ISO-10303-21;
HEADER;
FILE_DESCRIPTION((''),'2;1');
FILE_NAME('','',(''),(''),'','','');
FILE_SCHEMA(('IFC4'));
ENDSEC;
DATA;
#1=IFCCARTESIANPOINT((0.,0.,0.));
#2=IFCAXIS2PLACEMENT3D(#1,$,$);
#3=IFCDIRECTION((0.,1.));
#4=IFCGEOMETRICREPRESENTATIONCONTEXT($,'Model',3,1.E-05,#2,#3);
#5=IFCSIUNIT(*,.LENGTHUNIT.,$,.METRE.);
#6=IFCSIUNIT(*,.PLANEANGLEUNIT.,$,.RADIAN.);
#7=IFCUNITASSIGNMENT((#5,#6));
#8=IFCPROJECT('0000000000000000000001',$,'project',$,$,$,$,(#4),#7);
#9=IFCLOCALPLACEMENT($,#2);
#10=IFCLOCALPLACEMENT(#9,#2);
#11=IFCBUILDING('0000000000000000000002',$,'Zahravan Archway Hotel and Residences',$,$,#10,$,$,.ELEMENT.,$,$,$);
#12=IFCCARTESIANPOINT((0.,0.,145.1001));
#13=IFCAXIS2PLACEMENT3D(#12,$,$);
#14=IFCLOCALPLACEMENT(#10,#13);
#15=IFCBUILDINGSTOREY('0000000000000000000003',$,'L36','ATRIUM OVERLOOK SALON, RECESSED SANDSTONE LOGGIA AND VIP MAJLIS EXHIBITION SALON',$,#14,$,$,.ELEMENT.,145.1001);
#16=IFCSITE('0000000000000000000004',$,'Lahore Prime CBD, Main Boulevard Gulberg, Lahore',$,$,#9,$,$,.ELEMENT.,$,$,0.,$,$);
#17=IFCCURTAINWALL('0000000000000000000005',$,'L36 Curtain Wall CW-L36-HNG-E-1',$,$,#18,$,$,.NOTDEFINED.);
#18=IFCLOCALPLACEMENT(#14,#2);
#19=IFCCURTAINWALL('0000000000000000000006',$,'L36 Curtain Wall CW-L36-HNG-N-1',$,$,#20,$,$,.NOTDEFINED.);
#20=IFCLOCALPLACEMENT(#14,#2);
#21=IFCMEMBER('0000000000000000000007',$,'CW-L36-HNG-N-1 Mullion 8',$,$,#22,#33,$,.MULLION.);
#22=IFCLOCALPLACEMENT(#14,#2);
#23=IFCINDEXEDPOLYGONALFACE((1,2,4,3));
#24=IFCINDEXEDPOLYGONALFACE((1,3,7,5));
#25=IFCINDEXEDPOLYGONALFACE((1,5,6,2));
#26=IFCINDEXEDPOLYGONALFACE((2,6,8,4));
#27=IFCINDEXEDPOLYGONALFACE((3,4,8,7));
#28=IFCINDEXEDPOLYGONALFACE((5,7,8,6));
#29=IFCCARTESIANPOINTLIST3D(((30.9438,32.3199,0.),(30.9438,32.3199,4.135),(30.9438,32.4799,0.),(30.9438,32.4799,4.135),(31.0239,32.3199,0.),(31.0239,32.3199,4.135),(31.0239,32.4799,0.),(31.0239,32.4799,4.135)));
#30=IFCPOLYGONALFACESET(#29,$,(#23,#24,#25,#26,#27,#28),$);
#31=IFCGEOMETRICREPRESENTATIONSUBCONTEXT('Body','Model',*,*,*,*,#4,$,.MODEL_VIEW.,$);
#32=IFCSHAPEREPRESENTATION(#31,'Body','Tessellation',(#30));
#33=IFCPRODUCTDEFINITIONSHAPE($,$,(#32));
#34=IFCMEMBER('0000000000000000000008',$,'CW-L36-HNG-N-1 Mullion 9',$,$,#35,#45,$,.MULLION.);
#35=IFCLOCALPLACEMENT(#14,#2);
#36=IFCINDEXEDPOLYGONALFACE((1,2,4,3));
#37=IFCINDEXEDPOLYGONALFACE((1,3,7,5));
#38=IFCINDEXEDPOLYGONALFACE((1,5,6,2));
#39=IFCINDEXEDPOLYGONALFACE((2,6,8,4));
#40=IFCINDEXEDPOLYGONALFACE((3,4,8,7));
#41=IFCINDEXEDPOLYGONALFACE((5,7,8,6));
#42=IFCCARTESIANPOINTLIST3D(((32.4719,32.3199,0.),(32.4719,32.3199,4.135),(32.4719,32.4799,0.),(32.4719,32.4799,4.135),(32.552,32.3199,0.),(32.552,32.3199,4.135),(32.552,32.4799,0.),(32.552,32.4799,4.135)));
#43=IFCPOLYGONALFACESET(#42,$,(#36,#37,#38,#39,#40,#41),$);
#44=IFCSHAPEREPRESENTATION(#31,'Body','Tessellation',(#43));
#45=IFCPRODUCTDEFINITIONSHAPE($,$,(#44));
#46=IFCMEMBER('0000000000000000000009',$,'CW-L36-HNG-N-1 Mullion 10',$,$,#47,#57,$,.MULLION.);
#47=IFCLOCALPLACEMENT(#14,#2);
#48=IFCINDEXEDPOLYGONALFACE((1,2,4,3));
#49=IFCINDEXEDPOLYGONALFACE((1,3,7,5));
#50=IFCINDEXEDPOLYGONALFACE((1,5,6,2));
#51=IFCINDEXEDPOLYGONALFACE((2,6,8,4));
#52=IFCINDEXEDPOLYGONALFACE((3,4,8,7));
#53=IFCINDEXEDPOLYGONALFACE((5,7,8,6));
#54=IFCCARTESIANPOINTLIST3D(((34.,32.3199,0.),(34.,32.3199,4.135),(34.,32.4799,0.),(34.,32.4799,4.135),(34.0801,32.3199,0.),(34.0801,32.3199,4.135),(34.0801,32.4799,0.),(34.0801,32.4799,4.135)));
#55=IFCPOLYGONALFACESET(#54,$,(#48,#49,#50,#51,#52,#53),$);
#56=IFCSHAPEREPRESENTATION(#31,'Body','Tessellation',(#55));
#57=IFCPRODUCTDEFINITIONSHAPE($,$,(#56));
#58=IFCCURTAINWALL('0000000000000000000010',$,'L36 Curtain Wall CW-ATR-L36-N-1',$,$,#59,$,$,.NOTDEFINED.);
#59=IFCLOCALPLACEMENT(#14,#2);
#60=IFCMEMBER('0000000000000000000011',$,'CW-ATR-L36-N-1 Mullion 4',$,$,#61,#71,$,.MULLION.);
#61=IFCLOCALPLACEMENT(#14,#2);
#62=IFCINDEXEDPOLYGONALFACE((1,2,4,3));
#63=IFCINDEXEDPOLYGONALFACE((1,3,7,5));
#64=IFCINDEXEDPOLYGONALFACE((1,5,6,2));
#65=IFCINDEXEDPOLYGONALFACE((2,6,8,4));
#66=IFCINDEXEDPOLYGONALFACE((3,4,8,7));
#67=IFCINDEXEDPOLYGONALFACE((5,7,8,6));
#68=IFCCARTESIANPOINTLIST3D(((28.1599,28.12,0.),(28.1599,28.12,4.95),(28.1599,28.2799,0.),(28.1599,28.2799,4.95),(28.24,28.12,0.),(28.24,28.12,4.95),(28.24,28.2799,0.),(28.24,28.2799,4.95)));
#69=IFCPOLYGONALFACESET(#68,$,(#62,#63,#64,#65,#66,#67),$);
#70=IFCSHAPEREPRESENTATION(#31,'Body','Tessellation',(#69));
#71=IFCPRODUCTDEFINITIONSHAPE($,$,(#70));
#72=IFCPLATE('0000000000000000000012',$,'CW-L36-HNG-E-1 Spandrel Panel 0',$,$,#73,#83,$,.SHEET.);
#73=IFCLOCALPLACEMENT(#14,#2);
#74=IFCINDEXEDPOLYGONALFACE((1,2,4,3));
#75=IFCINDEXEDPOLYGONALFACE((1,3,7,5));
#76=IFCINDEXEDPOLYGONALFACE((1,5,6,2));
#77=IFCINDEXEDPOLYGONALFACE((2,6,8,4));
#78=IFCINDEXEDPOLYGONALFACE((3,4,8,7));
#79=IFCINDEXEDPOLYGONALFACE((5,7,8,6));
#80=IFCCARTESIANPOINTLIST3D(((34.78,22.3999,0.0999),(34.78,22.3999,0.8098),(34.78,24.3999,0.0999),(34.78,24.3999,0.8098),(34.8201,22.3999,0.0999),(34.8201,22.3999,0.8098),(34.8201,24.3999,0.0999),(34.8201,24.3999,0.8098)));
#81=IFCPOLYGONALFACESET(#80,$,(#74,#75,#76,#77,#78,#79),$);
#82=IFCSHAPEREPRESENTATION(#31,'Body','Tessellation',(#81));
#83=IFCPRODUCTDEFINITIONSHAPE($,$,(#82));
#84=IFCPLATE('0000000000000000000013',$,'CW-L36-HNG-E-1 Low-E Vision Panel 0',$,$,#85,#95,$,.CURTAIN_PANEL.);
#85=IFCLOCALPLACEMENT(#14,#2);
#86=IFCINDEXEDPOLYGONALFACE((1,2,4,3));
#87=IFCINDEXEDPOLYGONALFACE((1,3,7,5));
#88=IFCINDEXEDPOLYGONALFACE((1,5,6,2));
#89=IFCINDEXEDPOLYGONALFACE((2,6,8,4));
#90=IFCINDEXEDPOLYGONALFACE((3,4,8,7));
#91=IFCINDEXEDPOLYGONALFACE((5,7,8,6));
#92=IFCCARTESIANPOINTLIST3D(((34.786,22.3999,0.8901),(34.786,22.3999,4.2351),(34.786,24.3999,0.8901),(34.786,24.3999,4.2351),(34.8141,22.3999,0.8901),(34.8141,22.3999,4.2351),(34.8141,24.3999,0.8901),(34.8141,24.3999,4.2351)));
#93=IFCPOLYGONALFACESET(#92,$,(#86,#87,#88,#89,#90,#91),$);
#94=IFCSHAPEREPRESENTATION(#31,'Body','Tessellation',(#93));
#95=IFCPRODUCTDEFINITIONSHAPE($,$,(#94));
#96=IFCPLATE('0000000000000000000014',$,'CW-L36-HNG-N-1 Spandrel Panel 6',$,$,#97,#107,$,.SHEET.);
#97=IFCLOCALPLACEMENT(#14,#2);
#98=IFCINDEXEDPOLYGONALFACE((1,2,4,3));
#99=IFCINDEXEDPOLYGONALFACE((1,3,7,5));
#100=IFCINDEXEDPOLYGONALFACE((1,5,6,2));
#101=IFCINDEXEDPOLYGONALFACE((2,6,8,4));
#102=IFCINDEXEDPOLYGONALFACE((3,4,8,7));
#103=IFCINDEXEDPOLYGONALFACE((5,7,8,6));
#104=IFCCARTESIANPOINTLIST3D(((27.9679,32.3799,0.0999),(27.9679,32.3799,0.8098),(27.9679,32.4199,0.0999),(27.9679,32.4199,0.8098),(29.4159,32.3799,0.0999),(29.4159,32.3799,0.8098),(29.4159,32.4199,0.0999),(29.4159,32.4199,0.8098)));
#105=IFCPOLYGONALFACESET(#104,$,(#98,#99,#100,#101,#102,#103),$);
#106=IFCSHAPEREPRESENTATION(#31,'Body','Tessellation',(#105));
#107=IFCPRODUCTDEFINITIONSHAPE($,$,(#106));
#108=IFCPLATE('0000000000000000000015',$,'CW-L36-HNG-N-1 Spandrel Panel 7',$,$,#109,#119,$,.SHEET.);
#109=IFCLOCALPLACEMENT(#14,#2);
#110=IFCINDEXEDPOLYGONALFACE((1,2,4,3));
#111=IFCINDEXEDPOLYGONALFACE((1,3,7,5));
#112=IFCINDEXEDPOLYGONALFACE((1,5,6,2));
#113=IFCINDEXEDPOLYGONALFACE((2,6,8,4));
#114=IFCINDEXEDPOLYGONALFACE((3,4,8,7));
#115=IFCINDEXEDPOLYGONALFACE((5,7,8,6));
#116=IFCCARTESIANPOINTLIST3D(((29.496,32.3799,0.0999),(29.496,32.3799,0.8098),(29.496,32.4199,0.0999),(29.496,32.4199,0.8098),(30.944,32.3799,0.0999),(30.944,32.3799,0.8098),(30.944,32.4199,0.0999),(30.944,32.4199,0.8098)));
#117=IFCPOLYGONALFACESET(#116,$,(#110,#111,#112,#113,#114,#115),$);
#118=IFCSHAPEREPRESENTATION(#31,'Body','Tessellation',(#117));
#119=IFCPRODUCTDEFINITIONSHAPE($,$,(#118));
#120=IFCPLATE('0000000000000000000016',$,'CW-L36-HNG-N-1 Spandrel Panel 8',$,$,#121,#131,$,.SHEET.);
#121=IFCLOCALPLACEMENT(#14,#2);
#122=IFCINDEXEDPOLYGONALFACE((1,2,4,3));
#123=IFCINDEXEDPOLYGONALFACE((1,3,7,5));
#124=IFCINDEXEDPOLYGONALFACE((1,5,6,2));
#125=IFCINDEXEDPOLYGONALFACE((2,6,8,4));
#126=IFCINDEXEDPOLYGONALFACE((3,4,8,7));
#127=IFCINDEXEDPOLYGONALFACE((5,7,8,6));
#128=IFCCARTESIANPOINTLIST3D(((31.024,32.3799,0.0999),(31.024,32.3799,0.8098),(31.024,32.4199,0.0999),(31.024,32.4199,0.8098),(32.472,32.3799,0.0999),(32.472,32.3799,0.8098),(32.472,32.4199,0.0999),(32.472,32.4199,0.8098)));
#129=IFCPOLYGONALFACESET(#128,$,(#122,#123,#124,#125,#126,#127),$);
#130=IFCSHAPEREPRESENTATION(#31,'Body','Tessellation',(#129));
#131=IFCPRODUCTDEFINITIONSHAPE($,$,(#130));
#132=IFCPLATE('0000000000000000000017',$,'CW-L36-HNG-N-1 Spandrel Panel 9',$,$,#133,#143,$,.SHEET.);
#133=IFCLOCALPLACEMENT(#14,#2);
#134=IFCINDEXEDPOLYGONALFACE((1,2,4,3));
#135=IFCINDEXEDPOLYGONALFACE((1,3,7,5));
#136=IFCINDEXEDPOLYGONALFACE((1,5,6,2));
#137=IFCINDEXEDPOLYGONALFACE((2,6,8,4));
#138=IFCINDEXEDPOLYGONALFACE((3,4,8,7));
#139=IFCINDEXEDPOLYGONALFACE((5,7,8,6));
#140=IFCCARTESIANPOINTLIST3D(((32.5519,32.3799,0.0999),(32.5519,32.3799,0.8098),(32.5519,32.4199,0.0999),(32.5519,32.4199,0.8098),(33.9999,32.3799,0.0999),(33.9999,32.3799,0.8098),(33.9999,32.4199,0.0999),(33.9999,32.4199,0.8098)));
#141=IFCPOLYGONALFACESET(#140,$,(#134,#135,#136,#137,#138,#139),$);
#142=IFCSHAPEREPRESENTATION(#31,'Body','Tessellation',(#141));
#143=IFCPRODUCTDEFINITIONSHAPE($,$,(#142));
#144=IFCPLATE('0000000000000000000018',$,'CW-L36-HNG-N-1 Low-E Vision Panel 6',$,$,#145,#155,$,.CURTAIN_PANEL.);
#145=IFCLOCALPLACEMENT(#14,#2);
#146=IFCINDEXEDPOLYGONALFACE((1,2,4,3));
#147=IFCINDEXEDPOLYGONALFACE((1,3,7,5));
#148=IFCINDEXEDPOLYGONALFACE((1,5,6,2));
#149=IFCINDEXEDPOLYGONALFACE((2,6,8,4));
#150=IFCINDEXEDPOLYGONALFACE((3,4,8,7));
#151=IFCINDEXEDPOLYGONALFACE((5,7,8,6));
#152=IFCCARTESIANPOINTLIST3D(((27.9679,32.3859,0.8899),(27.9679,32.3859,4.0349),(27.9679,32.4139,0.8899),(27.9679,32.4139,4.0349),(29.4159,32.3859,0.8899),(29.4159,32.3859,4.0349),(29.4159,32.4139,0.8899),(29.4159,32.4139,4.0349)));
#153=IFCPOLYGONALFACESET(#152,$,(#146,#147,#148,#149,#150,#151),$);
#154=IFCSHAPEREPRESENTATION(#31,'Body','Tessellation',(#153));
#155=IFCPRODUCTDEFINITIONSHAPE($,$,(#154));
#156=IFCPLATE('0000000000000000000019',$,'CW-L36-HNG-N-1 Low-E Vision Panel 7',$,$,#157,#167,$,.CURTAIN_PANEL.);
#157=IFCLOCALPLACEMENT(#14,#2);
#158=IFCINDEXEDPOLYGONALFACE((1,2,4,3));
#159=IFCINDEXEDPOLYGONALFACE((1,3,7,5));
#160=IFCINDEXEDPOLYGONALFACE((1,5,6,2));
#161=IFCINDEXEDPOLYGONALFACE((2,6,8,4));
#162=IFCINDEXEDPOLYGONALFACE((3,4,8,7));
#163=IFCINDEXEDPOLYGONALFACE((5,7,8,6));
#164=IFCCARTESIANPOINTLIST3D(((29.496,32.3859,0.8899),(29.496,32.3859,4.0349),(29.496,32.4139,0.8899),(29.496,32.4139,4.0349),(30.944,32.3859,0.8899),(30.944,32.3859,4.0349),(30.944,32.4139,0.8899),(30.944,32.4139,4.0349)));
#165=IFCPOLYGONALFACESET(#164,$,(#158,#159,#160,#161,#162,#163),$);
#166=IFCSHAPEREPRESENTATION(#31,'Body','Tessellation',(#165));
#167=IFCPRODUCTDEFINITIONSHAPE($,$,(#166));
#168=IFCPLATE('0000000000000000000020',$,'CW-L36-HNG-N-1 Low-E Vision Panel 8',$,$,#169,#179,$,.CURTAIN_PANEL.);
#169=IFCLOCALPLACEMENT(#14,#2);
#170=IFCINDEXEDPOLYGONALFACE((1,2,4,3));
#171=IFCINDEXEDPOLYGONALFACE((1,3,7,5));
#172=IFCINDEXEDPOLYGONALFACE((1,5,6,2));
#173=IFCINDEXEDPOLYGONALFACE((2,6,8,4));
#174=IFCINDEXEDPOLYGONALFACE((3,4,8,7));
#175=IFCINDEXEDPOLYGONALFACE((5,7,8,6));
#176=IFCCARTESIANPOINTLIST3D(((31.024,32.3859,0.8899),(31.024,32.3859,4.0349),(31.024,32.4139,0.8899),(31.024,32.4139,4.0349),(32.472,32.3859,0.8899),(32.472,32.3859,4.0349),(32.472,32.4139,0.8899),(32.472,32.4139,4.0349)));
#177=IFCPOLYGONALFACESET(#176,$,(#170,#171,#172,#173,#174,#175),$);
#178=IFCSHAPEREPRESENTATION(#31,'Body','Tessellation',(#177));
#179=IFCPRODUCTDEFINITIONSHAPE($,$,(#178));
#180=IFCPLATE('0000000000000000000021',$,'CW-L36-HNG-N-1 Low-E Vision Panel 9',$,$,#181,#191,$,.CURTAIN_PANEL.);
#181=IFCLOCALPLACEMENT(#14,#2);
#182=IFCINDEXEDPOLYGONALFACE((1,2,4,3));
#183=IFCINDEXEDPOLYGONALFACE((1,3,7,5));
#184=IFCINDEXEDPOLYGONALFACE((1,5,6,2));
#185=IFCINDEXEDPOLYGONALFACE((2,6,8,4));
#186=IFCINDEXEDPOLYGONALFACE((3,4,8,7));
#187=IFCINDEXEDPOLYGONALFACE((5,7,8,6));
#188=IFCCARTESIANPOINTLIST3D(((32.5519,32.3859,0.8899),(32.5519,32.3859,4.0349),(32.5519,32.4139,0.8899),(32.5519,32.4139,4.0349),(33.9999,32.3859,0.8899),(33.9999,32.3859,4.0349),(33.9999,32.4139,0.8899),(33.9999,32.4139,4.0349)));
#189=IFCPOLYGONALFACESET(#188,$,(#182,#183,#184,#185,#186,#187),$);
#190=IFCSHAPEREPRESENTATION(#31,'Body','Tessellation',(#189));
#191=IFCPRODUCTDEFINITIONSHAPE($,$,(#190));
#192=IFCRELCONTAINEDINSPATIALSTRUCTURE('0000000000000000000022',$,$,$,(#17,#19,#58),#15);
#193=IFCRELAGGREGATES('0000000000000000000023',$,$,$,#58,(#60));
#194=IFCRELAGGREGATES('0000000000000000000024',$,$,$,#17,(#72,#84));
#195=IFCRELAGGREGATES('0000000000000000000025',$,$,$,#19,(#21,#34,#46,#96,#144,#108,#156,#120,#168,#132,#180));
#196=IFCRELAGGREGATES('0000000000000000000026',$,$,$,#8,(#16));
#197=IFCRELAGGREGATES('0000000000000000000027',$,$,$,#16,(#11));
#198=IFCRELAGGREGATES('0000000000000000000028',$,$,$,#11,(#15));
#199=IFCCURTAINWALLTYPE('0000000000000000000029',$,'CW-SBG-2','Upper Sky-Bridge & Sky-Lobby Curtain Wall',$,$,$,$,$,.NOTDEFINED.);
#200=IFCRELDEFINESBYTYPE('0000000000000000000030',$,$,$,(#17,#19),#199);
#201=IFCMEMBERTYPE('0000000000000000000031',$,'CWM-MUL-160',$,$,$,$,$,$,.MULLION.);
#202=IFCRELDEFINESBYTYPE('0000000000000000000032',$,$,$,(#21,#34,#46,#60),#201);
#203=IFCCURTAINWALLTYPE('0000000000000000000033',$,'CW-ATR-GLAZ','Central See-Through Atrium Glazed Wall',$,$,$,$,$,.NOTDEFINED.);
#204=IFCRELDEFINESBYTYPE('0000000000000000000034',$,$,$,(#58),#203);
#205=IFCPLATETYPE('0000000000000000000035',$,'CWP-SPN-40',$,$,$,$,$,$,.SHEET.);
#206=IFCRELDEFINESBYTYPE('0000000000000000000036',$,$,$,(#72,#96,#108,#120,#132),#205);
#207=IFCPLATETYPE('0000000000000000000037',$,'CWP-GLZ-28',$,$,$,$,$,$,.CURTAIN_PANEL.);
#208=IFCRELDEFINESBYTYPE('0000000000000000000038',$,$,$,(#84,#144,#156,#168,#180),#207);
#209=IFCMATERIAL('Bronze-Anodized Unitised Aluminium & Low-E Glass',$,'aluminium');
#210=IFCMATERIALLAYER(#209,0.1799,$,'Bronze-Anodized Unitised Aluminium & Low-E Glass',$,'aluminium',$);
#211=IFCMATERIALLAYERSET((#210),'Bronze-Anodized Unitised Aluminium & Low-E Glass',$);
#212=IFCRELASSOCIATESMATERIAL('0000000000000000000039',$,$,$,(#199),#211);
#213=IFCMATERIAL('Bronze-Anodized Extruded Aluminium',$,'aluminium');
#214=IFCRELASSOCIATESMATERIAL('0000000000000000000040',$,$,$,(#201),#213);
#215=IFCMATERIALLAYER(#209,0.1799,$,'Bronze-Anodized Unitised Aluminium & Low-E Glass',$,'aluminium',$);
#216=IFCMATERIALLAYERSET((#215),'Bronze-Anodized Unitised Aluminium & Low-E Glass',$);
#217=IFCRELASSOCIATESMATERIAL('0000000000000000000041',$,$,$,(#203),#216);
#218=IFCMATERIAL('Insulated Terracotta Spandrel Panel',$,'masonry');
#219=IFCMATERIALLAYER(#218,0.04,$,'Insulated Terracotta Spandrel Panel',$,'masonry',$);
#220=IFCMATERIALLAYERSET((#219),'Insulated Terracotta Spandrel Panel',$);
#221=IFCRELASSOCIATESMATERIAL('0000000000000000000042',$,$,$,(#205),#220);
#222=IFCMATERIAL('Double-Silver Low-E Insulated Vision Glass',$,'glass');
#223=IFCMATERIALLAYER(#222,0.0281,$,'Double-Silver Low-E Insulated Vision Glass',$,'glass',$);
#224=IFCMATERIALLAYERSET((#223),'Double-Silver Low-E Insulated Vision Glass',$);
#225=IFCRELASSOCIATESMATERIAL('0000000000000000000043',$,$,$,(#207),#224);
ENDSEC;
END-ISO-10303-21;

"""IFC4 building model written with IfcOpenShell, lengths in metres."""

from ifc_helpers import new_model, si_unit, direction, frame, origin, origin_2d, place, context, subcontext, project, spatial, rectangle, extrude, source, transform, mapped, material, layer, layer_set, material_profile, profile_set, type_object, element, aggregate, save


model = new_model("IFC4")

# Units and contexts
model_context = context("Model", 3, precision=1e-05, world=origin(), true_north=direction((0.0, 1.0)))
body_context = subcontext(model_context, "Body", "Model", "MODEL_VIEW")
ifc_project = project(units=[si_unit("LENGTHUNIT", "METRE"), si_unit("PLANEANGLEUNIT", "RADIAN")], contexts=[model_context])

# Site, building, storey
site_placement = place(None, origin())
site = spatial("IfcSite", under=ifc_project, at=site_placement, Name="Lahore Prime CBD, Main Boulevard Gulberg, Lahore", CompositionType="ELEMENT", RefElevation=0.0)
building_placement = place(site_placement, origin())
building = spatial("IfcBuilding", under=site, at=building_placement, Name="Zahravan Archway Hotel and Residences", CompositionType="ELEMENT")
storey_placement = place(building_placement, frame((0.0, 0.0, 145.1001)))
storey = spatial("IfcBuildingStorey", under=building, at=storey_placement, Name="L36", Description="ATRIUM OVERLOOK SALON, RECESSED SANDSTONE LOGGIA AND VIP MAJLIS EXHIBITION SALON", CompositionType="ELEMENT", Elevation=145.1001)

# Curtain walls
ifc_material_1 = material(Name="Bronze-Anodized Unitised Aluminium & Low-E Glass", Category="aluminium")
ifc_layer_1 = layer(ifc_material_1, 0.1799, Name="Bronze-Anodized Unitised Aluminium & Low-E Glass", Category="aluminium")
ifc_layer_set_1 = layer_set([ifc_layer_1], Name="Bronze-Anodized Unitised Aluminium & Low-E Glass")
curtain_wall_type_1 = type_object("IfcCurtainWallType", Name="CW-SBG-2", Description="Upper Sky-Bridge & Sky-Lobby Curtain Wall", PredefinedType="NOTDEFINED", material=ifc_layer_set_1)
curtain_wall_1_placement = place(storey_placement, origin())
curtain_wall_1 = element("IfcCurtainWall", 1, at=curtain_wall_1_placement, inside=storey, type_object=curtain_wall_type_1, Name="L36 Curtain Wall CW-L36-HNG-E-1", PredefinedType="NOTDEFINED")
ifc_material_2 = material(Name="Bronze-Anodized Extruded Aluminium", Category="aluminium")
curtain_wall_2_placement = place(storey_placement, origin())
curtain_wall_2 = element("IfcCurtainWall", 2, at=curtain_wall_2_placement, inside=storey, type_object=curtain_wall_type_1, Name="L36 Curtain Wall CW-L36-HNG-N-1", PredefinedType="NOTDEFINED")

# Members
ifc_material_profile_1 = material_profile(ifc_material_2, rectangle(XDim=0.0801, YDim=0.1599, at=origin_2d()), Name="MUL 80x160", Category="aluminium")
ifc_profile_set_1 = profile_set([ifc_material_profile_1], Name="Bronze-Anodized Extruded Aluminium")
member_type_1 = type_object("IfcMemberType", Name="CWM-MUL-160", PredefinedType="MULLION", material=ifc_profile_set_1)
shared_shape_1 = source(origin(), body_context, "Body", "SweptSolid", [
    extrude(rectangle(XDim=0.0801, YDim=0.1599, at=origin_2d()), origin(), (0.0, 0.0, 1.0), 4.135),
])
member_1_placement = place(storey_placement, frame((30.9839, 32.3999, 0.0), z_axis=(0.0, 0.0, 1.0), x_axis=(1.0, 0.0, 0.0)))
member_1 = element("IfcMember", 3, at=member_1_placement, type_object=member_type_1, Name="CW-L36-HNG-N-1 Mullion 8", PredefinedType="MULLION", context=body_context, shape_type="MappedRepresentation", body=[
    mapped(shared_shape_1, transform((0.0, 0.0, 0.0), scale=1.0)),
])
member_2_placement = place(storey_placement, frame((32.512, 32.3999, 0.0), z_axis=(0.0, 0.0, 1.0), x_axis=(1.0, 0.0, 0.0)))
member_2 = element("IfcMember", 4, at=member_2_placement, type_object=member_type_1, Name="CW-L36-HNG-N-1 Mullion 9", PredefinedType="MULLION", context=body_context, shape_type="MappedRepresentation", body=[
    mapped(shared_shape_1, transform((0.0, 0.0, 0.0), scale=1.0)),
])
member_3_placement = place(storey_placement, frame((34.04, 32.3999, 0.0), z_axis=(0.0, 0.0, 1.0), x_axis=(1.0, 0.0, 0.0)))
member_3 = element("IfcMember", 5, at=member_3_placement, type_object=member_type_1, Name="CW-L36-HNG-N-1 Mullion 10", PredefinedType="MULLION", context=body_context, shape_type="MappedRepresentation", body=[
    mapped(shared_shape_1, transform((0.0, 0.0, 0.0), scale=1.0)),
])

# Curtain wall, member
ifc_layer_2 = layer(ifc_material_1, 0.1799, Name="Bronze-Anodized Unitised Aluminium & Low-E Glass", Category="aluminium")
ifc_layer_set_2 = layer_set([ifc_layer_2], Name="Bronze-Anodized Unitised Aluminium & Low-E Glass")
curtain_wall_type_2 = type_object("IfcCurtainWallType", Name="CW-ATR-GLAZ", Description="Central See-Through Atrium Glazed Wall", PredefinedType="NOTDEFINED", material=ifc_layer_set_2)
curtain_wall_3_placement = place(storey_placement, origin())
curtain_wall_3 = element("IfcCurtainWall", 6, at=curtain_wall_3_placement, inside=storey, type_object=curtain_wall_type_2, Name="L36 Curtain Wall CW-ATR-L36-N-1", PredefinedType="NOTDEFINED")
shared_shape_2 = source(origin(), body_context, "Body", "SweptSolid", [
    extrude(rectangle(XDim=0.0801, YDim=0.1599, at=origin_2d()), origin(), (0.0, 0.0, 1.0), 4.95),
])
member_4_placement = place(storey_placement, frame((28.2, 28.2, 0.0), z_axis=(0.0, 0.0, 1.0), x_axis=(1.0, 0.0, 0.0)))
member_4 = element("IfcMember", 7, at=member_4_placement, type_object=member_type_1, Name="CW-ATR-L36-N-1 Mullion 4", PredefinedType="MULLION", context=body_context, shape_type="MappedRepresentation", body=[
    mapped(shared_shape_2, transform((0.0, 0.0, 0.0), scale=1.0)),
])
aggregate(curtain_wall_3, [member_4])

# Plates
ifc_material_3 = material(Name="Insulated Terracotta Spandrel Panel", Category="masonry")
ifc_layer_3 = layer(ifc_material_3, 0.04, Name="Insulated Terracotta Spandrel Panel", Category="masonry")
ifc_layer_set_3 = layer_set([ifc_layer_3], Name="Insulated Terracotta Spandrel Panel")
plate_type_1 = type_object("IfcPlateType", Name="CWP-SPN-40", PredefinedType="SHEET", material=ifc_layer_set_3)
shared_shape_3 = source(origin(), body_context, "Body", "SweptSolid", [
    extrude(rectangle(XDim=2.0, YDim=0.04, at=origin_2d()), origin(), (0.0, 0.0, 1.0), 0.71),
])
plate_1_placement = place(storey_placement, frame((34.8, 23.3999, 0.0999), z_axis=(0.0, 0.0, 1.0), x_axis=(0.0, 1.0, 0.0)))
plate_1 = element("IfcPlate", 8, at=plate_1_placement, type_object=plate_type_1, Name="CW-L36-HNG-E-1 Spandrel Panel 0", PredefinedType="SHEET", context=body_context, shape_type="MappedRepresentation", body=[
    mapped(shared_shape_3, transform((0.0, 0.0, 0.0), scale=1.0)),
])
ifc_material_4 = material(Name="Double-Silver Low-E Insulated Vision Glass", Category="glass")
ifc_layer_4 = layer(ifc_material_4, 0.0281, Name="Double-Silver Low-E Insulated Vision Glass", Category="glass")
ifc_layer_set_4 = layer_set([ifc_layer_4], Name="Double-Silver Low-E Insulated Vision Glass")
plate_type_2 = type_object("IfcPlateType", Name="CWP-GLZ-28", PredefinedType="CURTAIN_PANEL", material=ifc_layer_set_4)
shared_shape_4 = source(origin(), body_context, "Body", "SweptSolid", [
    extrude(rectangle(XDim=2.0, YDim=0.0281, at=origin_2d()), origin(), (0.0, 0.0, 1.0), 3.345),
])
plate_2_placement = place(storey_placement, frame((34.8, 23.3999, 0.8901), z_axis=(0.0, 0.0, 1.0), x_axis=(0.0, 1.0, 0.0)))
plate_2 = element("IfcPlate", 9, at=plate_2_placement, type_object=plate_type_2, Name="CW-L36-HNG-E-1 Low-E Vision Panel 0", PredefinedType="CURTAIN_PANEL", context=body_context, shape_type="MappedRepresentation", body=[
    mapped(shared_shape_4, transform((0.0, 0.0, 0.0), scale=1.0)),
])
aggregate(curtain_wall_1, [plate_1, plate_2])
shared_shape_5 = source(origin(), body_context, "Body", "SweptSolid", [
    extrude(rectangle(XDim=1.448, YDim=0.04, at=origin_2d()), origin(), (0.0, 0.0, 1.0), 0.71),
])
plate_3_placement = place(storey_placement, frame((28.6919, 32.3999, 0.0999), z_axis=(0.0, 0.0, 1.0), x_axis=(1.0, 0.0, 0.0)))
plate_3 = element("IfcPlate", 10, at=plate_3_placement, type_object=plate_type_1, Name="CW-L36-HNG-N-1 Spandrel Panel 6", PredefinedType="SHEET", context=body_context, shape_type="MappedRepresentation", body=[
    mapped(shared_shape_5, transform((0.0, 0.0, 0.0), scale=1.0)),
])
plate_4_placement = place(storey_placement, frame((30.22, 32.3999, 0.0999), z_axis=(0.0, 0.0, 1.0), x_axis=(1.0, 0.0, 0.0)))
plate_4 = element("IfcPlate", 11, at=plate_4_placement, type_object=plate_type_1, Name="CW-L36-HNG-N-1 Spandrel Panel 7", PredefinedType="SHEET", context=body_context, shape_type="MappedRepresentation", body=[
    mapped(shared_shape_5, transform((0.0, 0.0, 0.0), scale=1.0)),
])
plate_5_placement = place(storey_placement, frame((31.748, 32.3999, 0.0999), z_axis=(0.0, 0.0, 1.0), x_axis=(1.0, 0.0, 0.0)))
plate_5 = element("IfcPlate", 12, at=plate_5_placement, type_object=plate_type_1, Name="CW-L36-HNG-N-1 Spandrel Panel 8", PredefinedType="SHEET", context=body_context, shape_type="MappedRepresentation", body=[
    mapped(shared_shape_5, transform((0.0, 0.0, 0.0), scale=1.0)),
])
plate_6_placement = place(storey_placement, frame((33.2759, 32.3999, 0.0999), z_axis=(0.0, 0.0, 1.0), x_axis=(1.0, 0.0, 0.0)))
plate_6 = element("IfcPlate", 13, at=plate_6_placement, type_object=plate_type_1, Name="CW-L36-HNG-N-1 Spandrel Panel 9", PredefinedType="SHEET", context=body_context, shape_type="MappedRepresentation", body=[
    mapped(shared_shape_5, transform((0.0, 0.0, 0.0), scale=1.0)),
])
shared_shape_6 = source(origin(), body_context, "Body", "SweptSolid", [
    extrude(rectangle(XDim=1.448, YDim=0.0281, at=origin_2d()), origin(), (0.0, 0.0, 1.0), 3.145),
])
plate_7_placement = place(storey_placement, frame((28.6919, 32.3999, 0.8899), z_axis=(0.0, 0.0, 1.0), x_axis=(1.0, 0.0, 0.0)))
plate_7 = element("IfcPlate", 14, at=plate_7_placement, type_object=plate_type_2, Name="CW-L36-HNG-N-1 Low-E Vision Panel 6", PredefinedType="CURTAIN_PANEL", context=body_context, shape_type="MappedRepresentation", body=[
    mapped(shared_shape_6, transform((0.0, 0.0, 0.0), scale=1.0)),
])
plate_8_placement = place(storey_placement, frame((30.22, 32.3999, 0.8899), z_axis=(0.0, 0.0, 1.0), x_axis=(1.0, 0.0, 0.0)))
plate_8 = element("IfcPlate", 15, at=plate_8_placement, type_object=plate_type_2, Name="CW-L36-HNG-N-1 Low-E Vision Panel 7", PredefinedType="CURTAIN_PANEL", context=body_context, shape_type="MappedRepresentation", body=[
    mapped(shared_shape_6, transform((0.0, 0.0, 0.0), scale=1.0)),
])
plate_9_placement = place(storey_placement, frame((31.748, 32.3999, 0.8899), z_axis=(0.0, 0.0, 1.0), x_axis=(1.0, 0.0, 0.0)))
plate_9 = element("IfcPlate", 16, at=plate_9_placement, type_object=plate_type_2, Name="CW-L36-HNG-N-1 Low-E Vision Panel 8", PredefinedType="CURTAIN_PANEL", context=body_context, shape_type="MappedRepresentation", body=[
    mapped(shared_shape_6, transform((0.0, 0.0, 0.0), scale=1.0)),
])
plate_10_placement = place(storey_placement, frame((33.2759, 32.3999, 0.8899), z_axis=(0.0, 0.0, 1.0), x_axis=(1.0, 0.0, 0.0)))
plate_10 = element("IfcPlate", 17, at=plate_10_placement, type_object=plate_type_2, Name="CW-L36-HNG-N-1 Low-E Vision Panel 9", PredefinedType="CURTAIN_PANEL", context=body_context, shape_type="MappedRepresentation", body=[
    mapped(shared_shape_6, transform((0.0, 0.0, 0.0), scale=1.0)),
])
aggregate(curtain_wall_2, [member_1, member_2, member_3, plate_3, plate_7, plate_4, plate_8, plate_5, plate_9, plate_6, plate_10])

save(model, "model.ifc")
